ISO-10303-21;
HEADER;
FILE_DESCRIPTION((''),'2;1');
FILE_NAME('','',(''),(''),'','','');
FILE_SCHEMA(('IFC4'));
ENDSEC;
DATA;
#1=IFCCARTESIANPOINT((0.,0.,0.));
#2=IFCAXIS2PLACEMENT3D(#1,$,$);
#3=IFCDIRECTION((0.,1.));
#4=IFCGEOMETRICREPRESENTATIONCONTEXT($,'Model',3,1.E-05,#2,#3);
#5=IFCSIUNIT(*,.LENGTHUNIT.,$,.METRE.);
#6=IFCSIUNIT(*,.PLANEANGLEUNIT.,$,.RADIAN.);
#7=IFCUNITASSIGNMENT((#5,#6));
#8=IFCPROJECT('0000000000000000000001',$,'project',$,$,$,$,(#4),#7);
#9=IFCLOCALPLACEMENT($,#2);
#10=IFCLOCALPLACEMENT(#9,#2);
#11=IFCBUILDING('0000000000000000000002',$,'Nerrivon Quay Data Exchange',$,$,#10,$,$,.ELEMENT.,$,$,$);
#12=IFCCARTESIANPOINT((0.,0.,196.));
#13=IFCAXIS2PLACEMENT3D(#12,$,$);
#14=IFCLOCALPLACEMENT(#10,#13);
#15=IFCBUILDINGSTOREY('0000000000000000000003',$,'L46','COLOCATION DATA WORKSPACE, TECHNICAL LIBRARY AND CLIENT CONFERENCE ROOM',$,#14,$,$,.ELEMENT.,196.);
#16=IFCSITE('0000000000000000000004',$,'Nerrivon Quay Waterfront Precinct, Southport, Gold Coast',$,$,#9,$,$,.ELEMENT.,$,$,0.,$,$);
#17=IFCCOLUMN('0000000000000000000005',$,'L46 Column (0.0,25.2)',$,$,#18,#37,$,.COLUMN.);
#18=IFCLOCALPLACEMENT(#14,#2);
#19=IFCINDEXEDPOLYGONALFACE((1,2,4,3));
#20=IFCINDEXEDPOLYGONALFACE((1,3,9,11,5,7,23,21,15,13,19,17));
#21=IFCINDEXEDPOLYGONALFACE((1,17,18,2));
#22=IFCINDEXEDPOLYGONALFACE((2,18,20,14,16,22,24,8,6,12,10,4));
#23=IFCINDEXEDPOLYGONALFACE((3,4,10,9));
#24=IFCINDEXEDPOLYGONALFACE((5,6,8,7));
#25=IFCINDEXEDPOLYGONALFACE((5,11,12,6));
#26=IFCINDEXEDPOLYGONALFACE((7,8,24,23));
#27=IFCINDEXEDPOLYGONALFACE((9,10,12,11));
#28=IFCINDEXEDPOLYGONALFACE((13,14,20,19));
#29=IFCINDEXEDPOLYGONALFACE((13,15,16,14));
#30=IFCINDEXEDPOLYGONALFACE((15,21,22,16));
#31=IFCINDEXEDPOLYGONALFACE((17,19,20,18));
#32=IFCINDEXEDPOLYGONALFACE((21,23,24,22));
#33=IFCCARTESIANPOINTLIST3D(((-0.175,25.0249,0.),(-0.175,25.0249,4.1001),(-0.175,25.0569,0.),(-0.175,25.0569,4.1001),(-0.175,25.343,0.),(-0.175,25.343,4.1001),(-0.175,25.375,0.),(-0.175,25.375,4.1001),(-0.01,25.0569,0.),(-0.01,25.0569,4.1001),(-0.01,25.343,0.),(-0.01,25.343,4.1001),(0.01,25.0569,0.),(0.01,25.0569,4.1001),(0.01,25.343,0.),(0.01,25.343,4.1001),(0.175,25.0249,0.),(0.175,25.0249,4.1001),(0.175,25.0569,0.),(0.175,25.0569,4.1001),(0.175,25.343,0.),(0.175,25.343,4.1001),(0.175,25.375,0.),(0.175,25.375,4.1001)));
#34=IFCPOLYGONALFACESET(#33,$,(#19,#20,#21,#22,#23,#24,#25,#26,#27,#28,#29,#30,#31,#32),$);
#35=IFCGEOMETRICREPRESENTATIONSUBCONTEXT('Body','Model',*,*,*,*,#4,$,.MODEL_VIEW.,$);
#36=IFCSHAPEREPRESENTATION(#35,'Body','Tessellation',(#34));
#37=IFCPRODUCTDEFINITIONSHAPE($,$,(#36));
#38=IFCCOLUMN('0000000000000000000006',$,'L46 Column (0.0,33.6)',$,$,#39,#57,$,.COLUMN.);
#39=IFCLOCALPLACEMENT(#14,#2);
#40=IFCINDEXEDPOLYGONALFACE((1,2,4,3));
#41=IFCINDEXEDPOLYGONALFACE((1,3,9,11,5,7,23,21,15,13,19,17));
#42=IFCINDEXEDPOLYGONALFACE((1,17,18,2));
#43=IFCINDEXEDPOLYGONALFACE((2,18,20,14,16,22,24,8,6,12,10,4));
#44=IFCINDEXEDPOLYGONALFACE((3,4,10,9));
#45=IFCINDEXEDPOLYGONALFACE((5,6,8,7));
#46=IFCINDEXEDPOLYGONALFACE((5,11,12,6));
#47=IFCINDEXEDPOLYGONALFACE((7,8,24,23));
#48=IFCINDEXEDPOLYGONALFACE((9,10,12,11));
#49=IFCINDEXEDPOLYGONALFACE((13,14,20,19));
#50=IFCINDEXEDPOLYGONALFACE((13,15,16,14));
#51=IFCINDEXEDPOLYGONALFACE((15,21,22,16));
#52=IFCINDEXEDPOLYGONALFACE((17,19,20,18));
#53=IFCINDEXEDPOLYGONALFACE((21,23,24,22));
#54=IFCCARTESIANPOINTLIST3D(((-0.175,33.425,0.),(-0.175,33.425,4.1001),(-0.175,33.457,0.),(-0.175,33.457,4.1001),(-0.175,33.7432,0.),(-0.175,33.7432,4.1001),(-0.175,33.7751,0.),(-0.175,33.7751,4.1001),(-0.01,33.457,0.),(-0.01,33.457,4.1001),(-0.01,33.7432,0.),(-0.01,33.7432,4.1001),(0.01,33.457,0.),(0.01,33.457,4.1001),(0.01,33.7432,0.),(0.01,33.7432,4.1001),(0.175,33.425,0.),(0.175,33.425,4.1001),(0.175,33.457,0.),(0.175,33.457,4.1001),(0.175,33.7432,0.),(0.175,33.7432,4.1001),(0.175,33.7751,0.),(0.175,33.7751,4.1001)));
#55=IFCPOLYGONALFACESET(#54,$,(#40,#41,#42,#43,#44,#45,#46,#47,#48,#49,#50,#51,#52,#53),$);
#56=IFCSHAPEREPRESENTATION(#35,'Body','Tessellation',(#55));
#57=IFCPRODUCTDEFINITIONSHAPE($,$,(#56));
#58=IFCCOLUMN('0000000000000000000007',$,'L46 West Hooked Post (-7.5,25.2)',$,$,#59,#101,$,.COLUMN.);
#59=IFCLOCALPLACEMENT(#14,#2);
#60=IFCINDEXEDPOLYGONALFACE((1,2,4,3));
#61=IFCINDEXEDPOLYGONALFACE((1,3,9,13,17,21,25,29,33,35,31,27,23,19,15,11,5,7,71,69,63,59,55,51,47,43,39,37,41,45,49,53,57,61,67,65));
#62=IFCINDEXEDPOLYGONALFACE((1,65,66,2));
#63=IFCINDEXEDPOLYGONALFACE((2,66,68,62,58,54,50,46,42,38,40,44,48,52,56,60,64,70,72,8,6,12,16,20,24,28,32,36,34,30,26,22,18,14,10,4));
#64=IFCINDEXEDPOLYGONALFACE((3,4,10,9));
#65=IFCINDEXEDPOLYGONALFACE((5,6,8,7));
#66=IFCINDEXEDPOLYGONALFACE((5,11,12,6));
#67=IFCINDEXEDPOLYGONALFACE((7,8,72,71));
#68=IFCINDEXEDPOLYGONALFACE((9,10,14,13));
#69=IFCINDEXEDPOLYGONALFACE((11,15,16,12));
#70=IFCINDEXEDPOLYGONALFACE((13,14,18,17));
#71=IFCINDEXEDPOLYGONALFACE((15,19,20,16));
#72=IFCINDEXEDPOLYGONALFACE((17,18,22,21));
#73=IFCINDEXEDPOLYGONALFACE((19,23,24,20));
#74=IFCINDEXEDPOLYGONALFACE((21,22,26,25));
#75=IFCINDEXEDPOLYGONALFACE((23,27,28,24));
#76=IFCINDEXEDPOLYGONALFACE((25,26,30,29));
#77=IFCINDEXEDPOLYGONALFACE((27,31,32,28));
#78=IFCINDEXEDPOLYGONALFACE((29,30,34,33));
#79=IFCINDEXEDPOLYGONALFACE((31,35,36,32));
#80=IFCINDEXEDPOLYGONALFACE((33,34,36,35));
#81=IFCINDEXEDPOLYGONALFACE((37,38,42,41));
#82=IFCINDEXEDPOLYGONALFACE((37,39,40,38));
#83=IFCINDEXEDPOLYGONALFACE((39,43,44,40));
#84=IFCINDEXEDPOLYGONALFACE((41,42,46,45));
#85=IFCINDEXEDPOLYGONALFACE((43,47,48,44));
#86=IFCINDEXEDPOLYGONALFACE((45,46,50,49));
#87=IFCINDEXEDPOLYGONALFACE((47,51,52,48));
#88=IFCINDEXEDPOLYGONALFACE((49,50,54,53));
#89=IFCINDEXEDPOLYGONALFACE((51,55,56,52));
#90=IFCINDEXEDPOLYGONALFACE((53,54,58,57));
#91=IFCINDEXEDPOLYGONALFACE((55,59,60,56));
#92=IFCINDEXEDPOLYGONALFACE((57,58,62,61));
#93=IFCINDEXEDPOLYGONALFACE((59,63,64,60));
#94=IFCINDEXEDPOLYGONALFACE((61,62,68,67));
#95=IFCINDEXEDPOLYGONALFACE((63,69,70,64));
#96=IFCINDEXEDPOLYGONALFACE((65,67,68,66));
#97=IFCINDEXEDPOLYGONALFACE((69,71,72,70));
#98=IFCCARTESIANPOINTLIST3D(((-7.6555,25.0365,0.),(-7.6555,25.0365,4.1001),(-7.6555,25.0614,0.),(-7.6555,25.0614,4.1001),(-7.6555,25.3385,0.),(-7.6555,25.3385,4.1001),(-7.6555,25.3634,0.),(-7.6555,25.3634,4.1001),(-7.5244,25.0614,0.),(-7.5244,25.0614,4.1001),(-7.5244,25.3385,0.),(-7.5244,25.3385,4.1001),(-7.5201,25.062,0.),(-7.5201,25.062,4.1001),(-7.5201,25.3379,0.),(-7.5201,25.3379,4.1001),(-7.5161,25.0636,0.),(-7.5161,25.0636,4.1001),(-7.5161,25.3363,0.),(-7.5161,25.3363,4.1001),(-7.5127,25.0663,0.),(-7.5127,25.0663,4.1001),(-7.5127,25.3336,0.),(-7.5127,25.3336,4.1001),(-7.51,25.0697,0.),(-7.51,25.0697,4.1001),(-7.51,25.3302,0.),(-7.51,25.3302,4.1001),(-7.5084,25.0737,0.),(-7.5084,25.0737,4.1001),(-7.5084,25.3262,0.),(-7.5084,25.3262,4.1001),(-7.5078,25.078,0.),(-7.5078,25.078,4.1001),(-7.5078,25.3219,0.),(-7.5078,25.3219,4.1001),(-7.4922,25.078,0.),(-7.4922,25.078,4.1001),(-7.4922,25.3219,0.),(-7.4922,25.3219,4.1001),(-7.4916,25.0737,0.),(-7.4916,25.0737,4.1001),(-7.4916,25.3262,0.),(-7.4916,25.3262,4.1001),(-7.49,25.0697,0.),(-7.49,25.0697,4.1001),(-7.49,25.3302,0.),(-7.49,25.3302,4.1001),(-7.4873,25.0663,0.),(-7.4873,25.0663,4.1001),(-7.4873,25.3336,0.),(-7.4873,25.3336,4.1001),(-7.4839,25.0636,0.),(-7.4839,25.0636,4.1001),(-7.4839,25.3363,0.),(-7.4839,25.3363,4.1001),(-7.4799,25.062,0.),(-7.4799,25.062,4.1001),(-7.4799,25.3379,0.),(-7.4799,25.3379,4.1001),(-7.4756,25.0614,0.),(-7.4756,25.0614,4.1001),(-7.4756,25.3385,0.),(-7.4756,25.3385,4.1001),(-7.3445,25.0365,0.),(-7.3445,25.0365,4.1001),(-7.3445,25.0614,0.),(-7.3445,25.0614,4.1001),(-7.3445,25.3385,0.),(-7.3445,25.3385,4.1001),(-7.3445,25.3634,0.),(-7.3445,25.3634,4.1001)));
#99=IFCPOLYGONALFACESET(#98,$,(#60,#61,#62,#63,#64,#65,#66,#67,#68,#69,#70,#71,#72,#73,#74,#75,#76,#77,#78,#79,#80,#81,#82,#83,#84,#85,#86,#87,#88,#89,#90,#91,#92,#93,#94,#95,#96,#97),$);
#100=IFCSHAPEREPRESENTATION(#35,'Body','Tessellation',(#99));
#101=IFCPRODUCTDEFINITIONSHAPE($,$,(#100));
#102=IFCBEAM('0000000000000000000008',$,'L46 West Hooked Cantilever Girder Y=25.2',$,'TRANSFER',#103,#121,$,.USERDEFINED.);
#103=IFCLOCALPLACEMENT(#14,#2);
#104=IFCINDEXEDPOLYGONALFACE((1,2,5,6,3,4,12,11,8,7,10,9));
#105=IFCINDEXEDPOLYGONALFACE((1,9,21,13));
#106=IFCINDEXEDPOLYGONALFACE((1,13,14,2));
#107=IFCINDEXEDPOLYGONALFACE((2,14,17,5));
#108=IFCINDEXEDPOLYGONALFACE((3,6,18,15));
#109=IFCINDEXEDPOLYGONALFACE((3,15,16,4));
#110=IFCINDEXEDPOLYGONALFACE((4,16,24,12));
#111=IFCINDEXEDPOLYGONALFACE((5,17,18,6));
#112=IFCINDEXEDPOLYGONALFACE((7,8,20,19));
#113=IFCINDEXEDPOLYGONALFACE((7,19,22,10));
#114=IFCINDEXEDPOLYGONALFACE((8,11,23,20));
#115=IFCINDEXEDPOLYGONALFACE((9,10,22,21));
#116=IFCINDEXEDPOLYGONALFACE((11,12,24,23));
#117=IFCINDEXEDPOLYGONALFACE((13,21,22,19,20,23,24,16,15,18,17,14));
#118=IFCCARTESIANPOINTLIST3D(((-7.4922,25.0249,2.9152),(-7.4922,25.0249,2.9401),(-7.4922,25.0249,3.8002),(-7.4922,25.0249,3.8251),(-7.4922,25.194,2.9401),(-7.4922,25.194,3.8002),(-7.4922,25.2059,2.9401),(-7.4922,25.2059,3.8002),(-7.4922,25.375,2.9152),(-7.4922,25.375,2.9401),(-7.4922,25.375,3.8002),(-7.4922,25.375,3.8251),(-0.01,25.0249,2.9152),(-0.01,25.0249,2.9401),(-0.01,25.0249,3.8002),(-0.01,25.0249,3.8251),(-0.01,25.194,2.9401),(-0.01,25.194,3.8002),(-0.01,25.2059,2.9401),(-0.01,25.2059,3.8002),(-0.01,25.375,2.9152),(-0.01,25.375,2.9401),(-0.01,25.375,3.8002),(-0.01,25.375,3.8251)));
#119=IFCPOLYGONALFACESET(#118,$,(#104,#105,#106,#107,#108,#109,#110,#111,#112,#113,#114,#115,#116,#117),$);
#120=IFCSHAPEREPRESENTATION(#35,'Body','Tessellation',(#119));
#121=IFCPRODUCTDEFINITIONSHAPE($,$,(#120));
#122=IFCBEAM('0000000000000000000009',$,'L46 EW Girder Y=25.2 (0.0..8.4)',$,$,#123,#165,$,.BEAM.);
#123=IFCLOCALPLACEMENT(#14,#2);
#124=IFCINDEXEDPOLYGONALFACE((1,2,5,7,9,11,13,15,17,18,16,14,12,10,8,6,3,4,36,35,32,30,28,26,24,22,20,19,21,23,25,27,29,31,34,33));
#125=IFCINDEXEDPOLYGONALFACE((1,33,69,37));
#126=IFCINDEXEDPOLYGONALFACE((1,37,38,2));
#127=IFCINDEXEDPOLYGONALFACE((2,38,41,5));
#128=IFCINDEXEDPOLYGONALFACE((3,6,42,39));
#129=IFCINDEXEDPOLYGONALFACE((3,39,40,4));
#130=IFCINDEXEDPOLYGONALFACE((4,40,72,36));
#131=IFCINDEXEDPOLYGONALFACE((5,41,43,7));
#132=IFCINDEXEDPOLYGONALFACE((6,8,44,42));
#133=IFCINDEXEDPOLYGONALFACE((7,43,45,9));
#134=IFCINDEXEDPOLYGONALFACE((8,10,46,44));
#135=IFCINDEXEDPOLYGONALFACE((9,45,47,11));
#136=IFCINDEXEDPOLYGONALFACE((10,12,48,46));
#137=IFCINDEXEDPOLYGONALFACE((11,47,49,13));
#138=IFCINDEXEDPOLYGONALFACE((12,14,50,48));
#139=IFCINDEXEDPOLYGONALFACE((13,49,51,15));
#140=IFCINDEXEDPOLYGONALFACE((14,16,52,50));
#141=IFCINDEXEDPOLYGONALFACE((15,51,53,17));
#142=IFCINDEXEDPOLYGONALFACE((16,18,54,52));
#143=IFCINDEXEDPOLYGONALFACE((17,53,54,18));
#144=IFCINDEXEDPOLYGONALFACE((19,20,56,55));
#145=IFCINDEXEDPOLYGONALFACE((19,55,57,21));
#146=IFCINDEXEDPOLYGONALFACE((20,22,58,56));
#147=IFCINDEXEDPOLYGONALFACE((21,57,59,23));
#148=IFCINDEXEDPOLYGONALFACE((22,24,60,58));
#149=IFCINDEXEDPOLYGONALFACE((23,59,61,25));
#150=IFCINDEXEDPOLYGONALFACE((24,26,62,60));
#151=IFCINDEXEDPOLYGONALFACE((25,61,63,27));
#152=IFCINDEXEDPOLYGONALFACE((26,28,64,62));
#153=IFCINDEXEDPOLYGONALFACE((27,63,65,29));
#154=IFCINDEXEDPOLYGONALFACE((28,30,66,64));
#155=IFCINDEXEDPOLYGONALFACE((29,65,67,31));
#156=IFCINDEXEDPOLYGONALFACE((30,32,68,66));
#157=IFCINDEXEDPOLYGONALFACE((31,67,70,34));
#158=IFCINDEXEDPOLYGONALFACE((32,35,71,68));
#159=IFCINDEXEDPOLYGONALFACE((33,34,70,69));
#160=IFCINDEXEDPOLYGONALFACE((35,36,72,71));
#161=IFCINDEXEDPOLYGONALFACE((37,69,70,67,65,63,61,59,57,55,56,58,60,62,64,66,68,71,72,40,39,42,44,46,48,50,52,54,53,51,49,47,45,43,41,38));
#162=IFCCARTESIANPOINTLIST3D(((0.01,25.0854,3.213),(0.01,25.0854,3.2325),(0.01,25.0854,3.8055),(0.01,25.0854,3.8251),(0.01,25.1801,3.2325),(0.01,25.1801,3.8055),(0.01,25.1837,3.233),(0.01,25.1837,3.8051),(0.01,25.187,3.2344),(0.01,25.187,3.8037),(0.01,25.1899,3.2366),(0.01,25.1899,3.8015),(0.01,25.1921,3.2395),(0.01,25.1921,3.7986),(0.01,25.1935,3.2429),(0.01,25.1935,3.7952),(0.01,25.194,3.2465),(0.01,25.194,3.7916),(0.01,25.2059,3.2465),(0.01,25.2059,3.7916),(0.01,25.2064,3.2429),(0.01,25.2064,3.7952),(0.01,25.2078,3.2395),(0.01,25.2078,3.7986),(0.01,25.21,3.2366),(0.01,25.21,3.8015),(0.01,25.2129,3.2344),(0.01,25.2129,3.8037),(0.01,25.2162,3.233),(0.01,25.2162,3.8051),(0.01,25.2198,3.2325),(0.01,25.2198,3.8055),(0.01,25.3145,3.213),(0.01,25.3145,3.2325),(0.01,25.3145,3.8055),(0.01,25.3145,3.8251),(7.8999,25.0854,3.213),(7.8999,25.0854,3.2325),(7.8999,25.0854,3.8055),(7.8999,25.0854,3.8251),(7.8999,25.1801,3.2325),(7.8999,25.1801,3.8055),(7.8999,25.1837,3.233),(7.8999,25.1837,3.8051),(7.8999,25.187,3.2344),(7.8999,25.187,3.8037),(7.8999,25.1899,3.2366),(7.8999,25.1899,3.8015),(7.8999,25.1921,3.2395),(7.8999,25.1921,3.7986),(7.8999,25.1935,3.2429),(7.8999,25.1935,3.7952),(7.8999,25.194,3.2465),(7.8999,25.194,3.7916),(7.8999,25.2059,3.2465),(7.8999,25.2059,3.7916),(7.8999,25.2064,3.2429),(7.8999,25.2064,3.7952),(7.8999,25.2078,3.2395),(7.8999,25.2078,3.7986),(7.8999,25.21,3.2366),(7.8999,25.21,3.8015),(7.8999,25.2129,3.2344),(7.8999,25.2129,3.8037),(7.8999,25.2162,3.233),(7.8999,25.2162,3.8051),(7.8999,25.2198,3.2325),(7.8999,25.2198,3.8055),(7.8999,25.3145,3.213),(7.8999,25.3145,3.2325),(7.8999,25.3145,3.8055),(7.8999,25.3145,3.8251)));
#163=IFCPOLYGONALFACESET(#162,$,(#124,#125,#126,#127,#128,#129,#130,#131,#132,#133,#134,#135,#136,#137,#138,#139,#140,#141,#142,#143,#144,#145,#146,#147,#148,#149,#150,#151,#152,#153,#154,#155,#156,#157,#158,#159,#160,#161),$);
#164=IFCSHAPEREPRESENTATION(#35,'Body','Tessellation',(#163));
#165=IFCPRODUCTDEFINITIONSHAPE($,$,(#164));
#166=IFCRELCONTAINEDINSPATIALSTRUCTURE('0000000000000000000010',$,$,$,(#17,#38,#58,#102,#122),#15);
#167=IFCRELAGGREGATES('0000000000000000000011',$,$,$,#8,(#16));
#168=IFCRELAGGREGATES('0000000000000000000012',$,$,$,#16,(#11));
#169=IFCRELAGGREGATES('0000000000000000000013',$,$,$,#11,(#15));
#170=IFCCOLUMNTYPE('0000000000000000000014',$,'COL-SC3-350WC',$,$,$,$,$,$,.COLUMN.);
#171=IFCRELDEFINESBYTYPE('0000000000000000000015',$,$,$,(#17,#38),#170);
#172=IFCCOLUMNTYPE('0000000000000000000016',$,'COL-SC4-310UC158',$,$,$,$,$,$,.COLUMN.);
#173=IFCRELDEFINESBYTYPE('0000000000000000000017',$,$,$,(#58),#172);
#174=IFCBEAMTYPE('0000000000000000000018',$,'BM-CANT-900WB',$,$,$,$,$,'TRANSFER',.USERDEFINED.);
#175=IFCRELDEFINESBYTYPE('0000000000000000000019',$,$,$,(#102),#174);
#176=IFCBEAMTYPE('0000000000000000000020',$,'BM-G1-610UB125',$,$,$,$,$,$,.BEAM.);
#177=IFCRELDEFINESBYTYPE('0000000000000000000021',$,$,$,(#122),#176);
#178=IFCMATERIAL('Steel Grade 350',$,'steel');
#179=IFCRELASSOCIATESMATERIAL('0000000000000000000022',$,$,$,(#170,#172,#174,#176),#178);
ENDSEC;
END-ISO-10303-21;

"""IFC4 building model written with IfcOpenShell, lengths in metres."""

from ifc_helpers import new_model, si_unit, direction, frame, origin, origin_2d, place, context, subcontext, project, spatial, i_section, extrude, material, material_profile, profile_set, type_object, element, save


model = new_model("IFC4")

# Units and contexts
model_context = context("Model", 3, precision=1e-05, world=origin(), true_north=direction((0.0, 1.0)))
body_context = subcontext(model_context, "Body", "Model", "MODEL_VIEW")
ifc_project = project(units=[si_unit("LENGTHUNIT", "METRE"), si_unit("PLANEANGLEUNIT", "RADIAN")], contexts=[model_context])

# Site, building, storey
site_placement = place(None, origin())
site = spatial("IfcSite", under=ifc_project, at=site_placement, Name="Nerrivon Quay Waterfront Precinct, Southport, Gold Coast", CompositionType="ELEMENT", RefElevation=0.0)
building_placement = place(site_placement, origin())
building = spatial("IfcBuilding", under=site, at=building_placement, Name="Nerrivon Quay Data Exchange", CompositionType="ELEMENT")
storey_placement = place(building_placement, frame((0.0, 0.0, 196.0)))
storey = spatial("IfcBuildingStorey", under=building, at=storey_placement, Name="L46", Description="COLOCATION DATA WORKSPACE, TECHNICAL LIBRARY AND CLIENT CONFERENCE ROOM", CompositionType="ELEMENT", Elevation=196.0)

# Columns
ifc_material_1 = material(Name="Steel Grade 350", Category="steel")
ifc_material_profile_1 = material_profile(ifc_material_1, i_section(OverallWidth=0.3501, OverallDepth=0.3501, WebThickness=0.02, FlangeThickness=0.032, at=origin_2d()), Name="350WC230")
ifc_profile_set_1 = profile_set([ifc_material_profile_1], Name="Steel Grade 350")
column_type_1 = type_object("IfcColumnType", Name="COL-SC3-350WC", PredefinedType="COLUMN", material=ifc_profile_set_1)
for number, where, z_axis, x_axis, name in (
    (1, (0.0, 25.2, 0.0), (0.0, 0.0, 1.0), (1.0, 0.0, 0.0), "L46 Column (0.0,25.2)"),
    (2, (0.0, 33.6001, 0.0), (0.0, 0.0, 1.0), (1.0, 0.0, 0.0), "L46 Column (0.0,33.6)"),
):
    element("IfcColumn", number, at=place(storey_placement, frame(where, z_axis=z_axis, x_axis=x_axis)), inside=storey, type_object=column_type_1, Name=name, PredefinedType="COLUMN", context=body_context, shape_type="SweptSolid", body=[
        extrude(i_section(OverallWidth=0.3501, OverallDepth=0.3501, WebThickness=0.02, FlangeThickness=0.032, at=origin_2d()), origin(), (0.0, 0.0, 1.0), 4.1001),
    ])
ifc_material_profile_2 = material_profile(ifc_material_1, i_section(OverallWidth=0.311, OverallDepth=0.3269, WebThickness=0.0156, FlangeThickness=0.0249, FilletRadius=0.0166, at=origin_2d()), Name="310UC158")
ifc_profile_set_2 = profile_set([ifc_material_profile_2], Name="Steel Grade 350")
column_type_2 = type_object("IfcColumnType", Name="COL-SC4-310UC158", PredefinedType="COLUMN", material=ifc_profile_set_2)
column_placement = place(storey_placement, frame((-7.5, 25.2, 0.0), z_axis=(0.0, 0.0, 1.0), x_axis=(1.0, 0.0, 0.0)))
element("IfcColumn", 3, at=column_placement, inside=storey, type_object=column_type_2, Name="L46 West Hooked Post (-7.5,25.2)", PredefinedType="COLUMN", context=body_context, shape_type="SweptSolid", body=[
    extrude(i_section(OverallWidth=0.311, OverallDepth=0.3269, WebThickness=0.0156, FlangeThickness=0.0249, FilletRadius=0.0166, at=origin_2d()), origin(), (0.0, 0.0, 1.0), 4.1001),
])

# Beams
ifc_material_profile_3 = material_profile(ifc_material_1, i_section(OverallWidth=0.3501, OverallDepth=0.9099, WebThickness=0.012, FlangeThickness=0.0249, at=origin_2d()), Name="900WB218")
ifc_profile_set_3 = profile_set([ifc_material_profile_3], Name="Steel Grade 350")
beam_type_1 = type_object("IfcBeamType", Name="BM-CANT-900WB", ElementType="TRANSFER", PredefinedType="USERDEFINED", material=ifc_profile_set_3)
beam_1_placement = place(storey_placement, frame((-0.01, 25.2, 3.3701), z_axis=(-1.0, 0.0, 0.0), x_axis=(0.0, -1.0, 0.0)))
element("IfcBeam", 4, at=beam_1_placement, inside=storey, type_object=beam_type_1, Name="L46 West Hooked Cantilever Girder Y=25.2", ObjectType="TRANSFER", PredefinedType="USERDEFINED", context=body_context, shape_type="SweptSolid", body=[
    extrude(i_section(OverallWidth=0.3501, OverallDepth=0.9099, WebThickness=0.012, FlangeThickness=0.0249, at=origin_2d()), origin(), (0.0, 0.0, 1.0), 7.4822),
])
ifc_material_profile_4 = material_profile(ifc_material_1, i_section(OverallWidth=0.229, OverallDepth=0.6121, WebThickness=0.012, FlangeThickness=0.0195, FilletRadius=0.0139, at=origin_2d()), Name="610UB125")
ifc_profile_set_4 = profile_set([ifc_material_profile_4], Name="Steel Grade 350")
beam_type_2 = type_object("IfcBeamType", Name="BM-G1-610UB125", PredefinedType="BEAM", material=ifc_profile_set_4)
beam_2_placement = place(storey_placement, frame((0.01, 25.2, 3.519), z_axis=(1.0, 0.0, 0.0), x_axis=(0.0, 1.0, 0.0)))
element("IfcBeam", 5, at=beam_2_placement, inside=storey, type_object=beam_type_2, Name="L46 EW Girder Y=25.2 (0.0..8.4)", PredefinedType="BEAM", context=body_context, shape_type="SweptSolid", body=[
    extrude(i_section(OverallWidth=0.229, OverallDepth=0.6121, WebThickness=0.012, FlangeThickness=0.0195, FilletRadius=0.0139, at=origin_2d()), origin(), (0.0, 0.0, 1.0), 7.8899),
])

save(model, "model.ifc")
